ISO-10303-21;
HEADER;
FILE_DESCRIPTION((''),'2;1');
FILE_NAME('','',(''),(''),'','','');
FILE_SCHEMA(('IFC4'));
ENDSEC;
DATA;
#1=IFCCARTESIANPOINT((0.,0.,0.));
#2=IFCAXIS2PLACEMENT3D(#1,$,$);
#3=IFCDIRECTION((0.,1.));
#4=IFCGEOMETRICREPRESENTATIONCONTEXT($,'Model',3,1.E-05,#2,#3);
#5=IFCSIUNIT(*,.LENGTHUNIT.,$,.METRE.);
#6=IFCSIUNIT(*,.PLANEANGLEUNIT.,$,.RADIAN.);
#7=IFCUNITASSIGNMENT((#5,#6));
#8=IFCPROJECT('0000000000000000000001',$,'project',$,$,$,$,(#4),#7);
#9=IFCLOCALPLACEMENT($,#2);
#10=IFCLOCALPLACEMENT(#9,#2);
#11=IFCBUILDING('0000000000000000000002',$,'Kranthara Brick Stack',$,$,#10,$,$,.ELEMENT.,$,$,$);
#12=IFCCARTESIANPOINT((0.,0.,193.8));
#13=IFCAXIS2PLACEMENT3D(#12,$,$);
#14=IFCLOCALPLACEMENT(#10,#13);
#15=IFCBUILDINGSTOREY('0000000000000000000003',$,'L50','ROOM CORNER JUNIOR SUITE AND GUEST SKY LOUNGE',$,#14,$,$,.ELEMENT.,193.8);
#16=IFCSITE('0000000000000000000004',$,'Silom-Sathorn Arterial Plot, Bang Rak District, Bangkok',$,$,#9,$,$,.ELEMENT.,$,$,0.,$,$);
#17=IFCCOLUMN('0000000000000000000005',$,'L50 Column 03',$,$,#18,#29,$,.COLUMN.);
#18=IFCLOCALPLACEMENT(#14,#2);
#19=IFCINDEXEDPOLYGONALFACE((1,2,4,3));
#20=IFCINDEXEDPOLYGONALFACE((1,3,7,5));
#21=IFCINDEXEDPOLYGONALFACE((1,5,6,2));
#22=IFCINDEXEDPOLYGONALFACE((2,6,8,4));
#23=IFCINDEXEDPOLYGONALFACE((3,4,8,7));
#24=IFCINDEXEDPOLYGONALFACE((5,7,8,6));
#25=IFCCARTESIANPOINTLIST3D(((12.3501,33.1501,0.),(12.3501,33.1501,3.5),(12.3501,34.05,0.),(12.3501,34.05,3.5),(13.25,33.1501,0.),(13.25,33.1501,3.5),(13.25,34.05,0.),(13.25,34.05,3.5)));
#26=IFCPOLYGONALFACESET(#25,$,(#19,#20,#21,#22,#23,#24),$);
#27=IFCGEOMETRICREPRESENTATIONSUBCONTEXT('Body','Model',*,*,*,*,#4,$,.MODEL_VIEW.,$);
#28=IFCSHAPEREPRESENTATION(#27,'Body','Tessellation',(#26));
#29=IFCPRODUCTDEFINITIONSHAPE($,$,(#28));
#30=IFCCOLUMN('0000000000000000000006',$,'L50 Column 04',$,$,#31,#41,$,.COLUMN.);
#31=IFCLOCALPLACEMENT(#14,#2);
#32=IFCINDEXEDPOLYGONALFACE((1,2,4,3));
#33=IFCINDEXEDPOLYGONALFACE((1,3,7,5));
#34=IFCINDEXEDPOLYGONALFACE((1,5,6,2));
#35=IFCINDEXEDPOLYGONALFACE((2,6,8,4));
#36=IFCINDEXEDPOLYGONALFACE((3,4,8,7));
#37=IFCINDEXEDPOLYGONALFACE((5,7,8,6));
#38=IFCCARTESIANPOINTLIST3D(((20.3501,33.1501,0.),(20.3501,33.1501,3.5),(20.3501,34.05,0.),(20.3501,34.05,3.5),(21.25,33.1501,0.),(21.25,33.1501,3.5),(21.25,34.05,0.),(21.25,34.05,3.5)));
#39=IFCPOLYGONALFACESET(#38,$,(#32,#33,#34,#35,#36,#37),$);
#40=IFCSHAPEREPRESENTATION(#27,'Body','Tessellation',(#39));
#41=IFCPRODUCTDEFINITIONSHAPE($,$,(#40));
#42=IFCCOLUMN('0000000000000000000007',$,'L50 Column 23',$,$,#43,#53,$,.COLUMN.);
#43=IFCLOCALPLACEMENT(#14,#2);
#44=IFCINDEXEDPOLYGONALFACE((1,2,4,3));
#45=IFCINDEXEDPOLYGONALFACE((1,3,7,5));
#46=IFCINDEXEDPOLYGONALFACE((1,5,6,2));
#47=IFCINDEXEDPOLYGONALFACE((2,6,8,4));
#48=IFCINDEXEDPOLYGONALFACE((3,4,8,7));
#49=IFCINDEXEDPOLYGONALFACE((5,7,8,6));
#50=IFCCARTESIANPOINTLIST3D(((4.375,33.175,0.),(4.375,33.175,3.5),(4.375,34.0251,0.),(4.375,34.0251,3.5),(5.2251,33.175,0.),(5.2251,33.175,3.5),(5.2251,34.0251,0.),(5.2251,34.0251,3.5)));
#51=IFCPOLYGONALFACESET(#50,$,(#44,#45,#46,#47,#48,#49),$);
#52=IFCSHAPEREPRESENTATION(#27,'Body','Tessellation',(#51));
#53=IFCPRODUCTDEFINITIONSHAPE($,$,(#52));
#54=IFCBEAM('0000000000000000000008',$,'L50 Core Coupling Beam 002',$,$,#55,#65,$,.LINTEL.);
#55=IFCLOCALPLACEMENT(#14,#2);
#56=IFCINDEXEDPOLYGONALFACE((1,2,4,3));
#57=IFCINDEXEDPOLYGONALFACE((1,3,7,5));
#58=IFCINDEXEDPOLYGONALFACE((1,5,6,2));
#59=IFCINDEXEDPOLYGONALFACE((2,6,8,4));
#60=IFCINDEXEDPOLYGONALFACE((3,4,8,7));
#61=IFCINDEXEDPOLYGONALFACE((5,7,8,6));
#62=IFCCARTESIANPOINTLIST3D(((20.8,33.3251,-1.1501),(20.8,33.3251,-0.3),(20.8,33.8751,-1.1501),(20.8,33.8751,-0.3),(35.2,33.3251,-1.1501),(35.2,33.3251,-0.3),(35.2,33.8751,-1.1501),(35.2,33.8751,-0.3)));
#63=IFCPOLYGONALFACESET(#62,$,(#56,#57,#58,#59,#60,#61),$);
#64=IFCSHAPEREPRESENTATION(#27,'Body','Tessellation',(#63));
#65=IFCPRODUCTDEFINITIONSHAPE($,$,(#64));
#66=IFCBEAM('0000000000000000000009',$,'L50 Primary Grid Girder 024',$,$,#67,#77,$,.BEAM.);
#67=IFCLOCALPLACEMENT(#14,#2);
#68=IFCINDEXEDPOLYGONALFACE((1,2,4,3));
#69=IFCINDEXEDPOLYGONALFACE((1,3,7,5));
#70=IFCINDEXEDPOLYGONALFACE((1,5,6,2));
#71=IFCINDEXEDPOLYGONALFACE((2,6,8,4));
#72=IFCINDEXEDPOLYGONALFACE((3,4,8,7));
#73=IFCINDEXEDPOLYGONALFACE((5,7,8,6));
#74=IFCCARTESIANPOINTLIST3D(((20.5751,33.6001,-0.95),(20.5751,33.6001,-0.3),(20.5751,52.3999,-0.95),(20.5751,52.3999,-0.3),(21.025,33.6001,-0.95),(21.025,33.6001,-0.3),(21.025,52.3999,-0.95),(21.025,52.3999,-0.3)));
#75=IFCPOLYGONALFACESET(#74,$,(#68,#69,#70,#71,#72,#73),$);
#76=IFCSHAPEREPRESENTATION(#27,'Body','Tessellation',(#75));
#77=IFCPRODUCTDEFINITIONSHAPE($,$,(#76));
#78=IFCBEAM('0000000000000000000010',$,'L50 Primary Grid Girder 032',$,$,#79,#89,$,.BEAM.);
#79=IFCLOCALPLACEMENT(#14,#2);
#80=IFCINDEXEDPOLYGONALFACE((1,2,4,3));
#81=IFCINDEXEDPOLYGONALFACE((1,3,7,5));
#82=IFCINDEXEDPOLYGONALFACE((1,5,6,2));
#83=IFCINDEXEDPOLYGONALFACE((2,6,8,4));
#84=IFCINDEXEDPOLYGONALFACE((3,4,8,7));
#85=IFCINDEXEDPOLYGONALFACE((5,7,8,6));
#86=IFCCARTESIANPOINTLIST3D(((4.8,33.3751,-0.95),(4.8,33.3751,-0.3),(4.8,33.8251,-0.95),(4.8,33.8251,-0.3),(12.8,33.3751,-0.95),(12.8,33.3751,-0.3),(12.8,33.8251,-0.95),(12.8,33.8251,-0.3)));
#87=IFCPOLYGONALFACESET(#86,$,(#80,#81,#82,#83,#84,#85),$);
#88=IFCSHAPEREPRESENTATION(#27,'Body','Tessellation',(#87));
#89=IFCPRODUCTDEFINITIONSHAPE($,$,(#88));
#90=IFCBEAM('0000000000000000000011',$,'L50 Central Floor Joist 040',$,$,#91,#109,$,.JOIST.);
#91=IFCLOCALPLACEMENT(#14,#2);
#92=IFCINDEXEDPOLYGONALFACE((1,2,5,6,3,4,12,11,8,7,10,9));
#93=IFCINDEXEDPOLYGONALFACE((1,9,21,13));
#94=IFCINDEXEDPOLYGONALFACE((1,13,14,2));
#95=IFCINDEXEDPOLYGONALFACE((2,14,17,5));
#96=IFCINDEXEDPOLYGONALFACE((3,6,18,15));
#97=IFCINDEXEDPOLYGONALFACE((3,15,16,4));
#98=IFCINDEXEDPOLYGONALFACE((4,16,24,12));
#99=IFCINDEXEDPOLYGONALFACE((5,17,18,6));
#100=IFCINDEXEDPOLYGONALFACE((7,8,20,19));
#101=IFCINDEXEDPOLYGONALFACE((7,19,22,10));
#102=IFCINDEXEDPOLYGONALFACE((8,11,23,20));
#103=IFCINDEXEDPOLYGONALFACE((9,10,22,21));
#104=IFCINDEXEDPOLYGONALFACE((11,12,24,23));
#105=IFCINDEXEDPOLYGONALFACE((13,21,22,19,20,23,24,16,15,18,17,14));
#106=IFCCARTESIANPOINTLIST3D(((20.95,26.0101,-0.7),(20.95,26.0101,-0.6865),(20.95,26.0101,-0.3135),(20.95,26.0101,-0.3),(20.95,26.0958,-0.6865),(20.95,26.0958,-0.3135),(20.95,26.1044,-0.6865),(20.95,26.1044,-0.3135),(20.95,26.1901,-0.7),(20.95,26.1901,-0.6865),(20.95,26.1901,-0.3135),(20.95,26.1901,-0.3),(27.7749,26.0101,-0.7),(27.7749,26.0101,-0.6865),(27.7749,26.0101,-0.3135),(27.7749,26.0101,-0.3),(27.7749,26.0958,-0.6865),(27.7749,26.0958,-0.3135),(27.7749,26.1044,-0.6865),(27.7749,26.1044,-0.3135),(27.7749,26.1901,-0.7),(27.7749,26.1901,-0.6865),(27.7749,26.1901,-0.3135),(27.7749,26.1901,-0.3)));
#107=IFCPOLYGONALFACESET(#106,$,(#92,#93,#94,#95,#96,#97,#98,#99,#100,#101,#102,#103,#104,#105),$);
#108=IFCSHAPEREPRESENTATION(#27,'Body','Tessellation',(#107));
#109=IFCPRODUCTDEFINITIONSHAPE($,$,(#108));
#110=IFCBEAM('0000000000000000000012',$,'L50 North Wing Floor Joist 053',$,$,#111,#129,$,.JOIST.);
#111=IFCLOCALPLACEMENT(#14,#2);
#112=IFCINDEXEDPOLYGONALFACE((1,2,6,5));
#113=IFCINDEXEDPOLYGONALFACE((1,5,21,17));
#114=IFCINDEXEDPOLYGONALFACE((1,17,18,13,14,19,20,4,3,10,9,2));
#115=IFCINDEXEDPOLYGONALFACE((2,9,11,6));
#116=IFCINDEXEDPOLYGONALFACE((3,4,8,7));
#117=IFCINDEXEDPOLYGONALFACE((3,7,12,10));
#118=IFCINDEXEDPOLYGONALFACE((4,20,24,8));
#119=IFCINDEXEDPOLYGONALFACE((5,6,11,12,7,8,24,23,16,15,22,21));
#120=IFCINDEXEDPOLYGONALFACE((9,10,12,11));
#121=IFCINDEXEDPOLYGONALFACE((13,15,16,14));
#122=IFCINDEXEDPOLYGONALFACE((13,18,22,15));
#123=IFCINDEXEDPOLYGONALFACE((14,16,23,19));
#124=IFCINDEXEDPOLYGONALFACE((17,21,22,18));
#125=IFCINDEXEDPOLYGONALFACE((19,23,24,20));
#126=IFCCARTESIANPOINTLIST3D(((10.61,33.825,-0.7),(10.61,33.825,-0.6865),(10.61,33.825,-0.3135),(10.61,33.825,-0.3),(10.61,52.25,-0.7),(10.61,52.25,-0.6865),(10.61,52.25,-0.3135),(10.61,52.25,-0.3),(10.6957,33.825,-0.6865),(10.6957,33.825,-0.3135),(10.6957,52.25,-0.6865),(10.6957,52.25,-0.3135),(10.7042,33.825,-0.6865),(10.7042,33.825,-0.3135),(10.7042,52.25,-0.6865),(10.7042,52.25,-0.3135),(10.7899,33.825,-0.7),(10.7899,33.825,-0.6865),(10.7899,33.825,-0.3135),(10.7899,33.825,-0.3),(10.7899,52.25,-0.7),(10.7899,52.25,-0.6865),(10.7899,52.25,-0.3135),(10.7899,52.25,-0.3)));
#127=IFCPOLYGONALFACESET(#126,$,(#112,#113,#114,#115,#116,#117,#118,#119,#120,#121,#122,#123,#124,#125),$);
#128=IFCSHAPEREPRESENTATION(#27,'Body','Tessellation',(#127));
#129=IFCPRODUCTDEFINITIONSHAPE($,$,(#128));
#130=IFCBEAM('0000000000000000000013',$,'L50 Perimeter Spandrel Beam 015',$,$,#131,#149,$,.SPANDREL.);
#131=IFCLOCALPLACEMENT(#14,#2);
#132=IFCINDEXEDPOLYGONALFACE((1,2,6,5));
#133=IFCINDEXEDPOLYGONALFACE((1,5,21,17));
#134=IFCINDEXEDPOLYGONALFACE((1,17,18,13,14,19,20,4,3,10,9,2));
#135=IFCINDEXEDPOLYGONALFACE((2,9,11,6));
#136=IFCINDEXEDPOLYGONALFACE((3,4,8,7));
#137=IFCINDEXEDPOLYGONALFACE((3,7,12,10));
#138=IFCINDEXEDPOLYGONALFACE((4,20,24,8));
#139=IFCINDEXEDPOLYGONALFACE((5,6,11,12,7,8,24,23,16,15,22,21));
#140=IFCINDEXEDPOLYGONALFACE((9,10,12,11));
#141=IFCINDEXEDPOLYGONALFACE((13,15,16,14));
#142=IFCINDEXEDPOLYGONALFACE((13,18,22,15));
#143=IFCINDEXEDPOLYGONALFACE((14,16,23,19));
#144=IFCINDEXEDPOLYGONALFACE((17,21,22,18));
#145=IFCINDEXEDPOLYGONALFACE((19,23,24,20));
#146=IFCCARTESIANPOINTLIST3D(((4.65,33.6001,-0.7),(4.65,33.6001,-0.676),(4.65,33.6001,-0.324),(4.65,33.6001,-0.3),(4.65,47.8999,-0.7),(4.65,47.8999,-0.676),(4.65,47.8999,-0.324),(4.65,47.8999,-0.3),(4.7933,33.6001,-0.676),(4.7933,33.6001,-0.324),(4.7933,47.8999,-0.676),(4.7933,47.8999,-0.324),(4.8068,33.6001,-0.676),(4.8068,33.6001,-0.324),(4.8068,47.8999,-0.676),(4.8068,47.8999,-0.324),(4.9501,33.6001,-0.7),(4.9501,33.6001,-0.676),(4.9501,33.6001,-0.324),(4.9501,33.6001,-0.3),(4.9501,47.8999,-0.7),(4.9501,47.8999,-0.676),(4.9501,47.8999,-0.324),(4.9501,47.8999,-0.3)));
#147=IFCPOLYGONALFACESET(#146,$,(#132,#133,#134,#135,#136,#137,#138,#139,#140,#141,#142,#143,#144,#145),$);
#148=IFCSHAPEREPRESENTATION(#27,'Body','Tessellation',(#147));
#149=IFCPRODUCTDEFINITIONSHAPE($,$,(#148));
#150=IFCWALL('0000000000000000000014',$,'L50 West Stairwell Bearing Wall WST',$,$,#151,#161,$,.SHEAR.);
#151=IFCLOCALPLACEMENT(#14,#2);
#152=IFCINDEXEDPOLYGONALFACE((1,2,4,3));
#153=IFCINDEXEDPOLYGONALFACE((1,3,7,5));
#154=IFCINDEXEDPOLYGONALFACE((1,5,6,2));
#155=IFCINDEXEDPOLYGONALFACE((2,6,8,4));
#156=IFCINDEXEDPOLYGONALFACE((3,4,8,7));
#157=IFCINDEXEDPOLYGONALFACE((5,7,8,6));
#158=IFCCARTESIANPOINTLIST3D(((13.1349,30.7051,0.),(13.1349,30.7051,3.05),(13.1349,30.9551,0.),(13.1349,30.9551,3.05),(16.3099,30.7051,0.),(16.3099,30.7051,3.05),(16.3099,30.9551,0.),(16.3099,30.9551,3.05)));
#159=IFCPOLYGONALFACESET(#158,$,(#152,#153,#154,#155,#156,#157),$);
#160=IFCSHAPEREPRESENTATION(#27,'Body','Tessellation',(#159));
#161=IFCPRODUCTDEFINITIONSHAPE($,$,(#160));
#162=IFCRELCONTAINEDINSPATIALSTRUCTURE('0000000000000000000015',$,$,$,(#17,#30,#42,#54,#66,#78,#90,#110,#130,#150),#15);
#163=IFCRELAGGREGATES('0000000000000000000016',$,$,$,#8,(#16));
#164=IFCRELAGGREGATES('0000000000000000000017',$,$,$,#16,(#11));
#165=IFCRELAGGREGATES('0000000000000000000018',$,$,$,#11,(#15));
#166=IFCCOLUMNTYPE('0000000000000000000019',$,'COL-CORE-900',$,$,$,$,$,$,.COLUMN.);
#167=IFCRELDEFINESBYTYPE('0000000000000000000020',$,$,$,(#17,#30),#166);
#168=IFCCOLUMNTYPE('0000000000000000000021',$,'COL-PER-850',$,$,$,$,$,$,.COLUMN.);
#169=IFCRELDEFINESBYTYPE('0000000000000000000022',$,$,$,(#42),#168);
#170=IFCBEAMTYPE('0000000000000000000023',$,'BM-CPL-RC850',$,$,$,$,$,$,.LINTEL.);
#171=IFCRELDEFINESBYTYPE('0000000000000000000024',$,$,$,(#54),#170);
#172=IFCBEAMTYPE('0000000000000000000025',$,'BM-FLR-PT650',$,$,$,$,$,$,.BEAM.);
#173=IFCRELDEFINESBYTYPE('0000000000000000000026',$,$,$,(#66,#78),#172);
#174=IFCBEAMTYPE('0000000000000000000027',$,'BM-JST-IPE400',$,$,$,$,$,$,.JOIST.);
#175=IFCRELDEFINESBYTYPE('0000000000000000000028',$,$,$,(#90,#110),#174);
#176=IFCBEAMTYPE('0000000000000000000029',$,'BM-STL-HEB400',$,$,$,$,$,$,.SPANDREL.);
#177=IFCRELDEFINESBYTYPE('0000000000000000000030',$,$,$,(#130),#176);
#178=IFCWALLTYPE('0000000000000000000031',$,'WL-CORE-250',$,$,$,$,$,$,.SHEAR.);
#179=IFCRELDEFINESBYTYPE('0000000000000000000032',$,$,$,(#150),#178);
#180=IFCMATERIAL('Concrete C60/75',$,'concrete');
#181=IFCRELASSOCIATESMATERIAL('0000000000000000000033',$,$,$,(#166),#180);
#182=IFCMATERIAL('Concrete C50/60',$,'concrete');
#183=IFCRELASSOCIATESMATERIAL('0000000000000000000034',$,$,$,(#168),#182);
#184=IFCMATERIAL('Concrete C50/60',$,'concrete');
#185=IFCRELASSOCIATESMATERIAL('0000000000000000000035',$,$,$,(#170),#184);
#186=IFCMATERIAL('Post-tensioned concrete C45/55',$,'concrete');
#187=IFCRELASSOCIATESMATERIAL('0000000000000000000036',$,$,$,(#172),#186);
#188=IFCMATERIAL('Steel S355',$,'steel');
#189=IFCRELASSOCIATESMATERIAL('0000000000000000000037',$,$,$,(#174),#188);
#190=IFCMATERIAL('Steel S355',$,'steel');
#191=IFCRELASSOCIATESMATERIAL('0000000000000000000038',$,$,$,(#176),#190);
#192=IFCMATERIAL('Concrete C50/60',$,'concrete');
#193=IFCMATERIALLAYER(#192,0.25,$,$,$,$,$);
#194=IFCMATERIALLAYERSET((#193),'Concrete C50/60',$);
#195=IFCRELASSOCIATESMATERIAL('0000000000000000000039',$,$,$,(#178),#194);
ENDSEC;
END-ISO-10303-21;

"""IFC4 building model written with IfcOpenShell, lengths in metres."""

from ifc_helpers import new_model, si_unit, direction, frame, frame_2d, origin, origin_2d, place, context, subcontext, project, spatial, rectangle, i_section, extrude, material, layer, layer_set, material_profile, profile_set, type_object, element, save


model = new_model("IFC4")

# Units and contexts
model_context = context("Model", 3, precision=1e-05, world=origin(), true_north=direction((0.0, 1.0)))
body_context = subcontext(model_context, "Body", "Model", "MODEL_VIEW")
ifc_project = project(units=[si_unit("LENGTHUNIT", "METRE"), si_unit("PLANEANGLEUNIT", "RADIAN")], contexts=[model_context])

# Site, building, storey
site_placement = place(None, origin())
site = spatial("IfcSite", under=ifc_project, at=site_placement, Name="Silom-Sathorn Arterial Plot, Bang Rak District, Bangkok", CompositionType="ELEMENT", RefElevation=0.0)
building_placement = place(site_placement, origin())
building = spatial("IfcBuilding", under=site, at=building_placement, Name="Kranthara Brick Stack", CompositionType="ELEMENT")
storey_placement = place(building_placement, frame((0.0, 0.0, 193.8)))
storey = spatial("IfcBuildingStorey", under=building, at=storey_placement, Name="L50", Description="ROOM CORNER JUNIOR SUITE AND GUEST SKY LOUNGE", CompositionType="ELEMENT", Elevation=193.8)

# Columns
ifc_material_1 = material(Name="Concrete C60/75", Category="concrete")
ifc_material_profile_1 = material_profile(ifc_material_1, rectangle(XDim=0.8999, YDim=0.8999, at=origin_2d()), Name="RC 900x900")
ifc_profile_set_1 = profile_set([ifc_material_profile_1], Name="Concrete C60/75")
column_type_1 = type_object("IfcColumnType", Name="COL-CORE-900", PredefinedType="COLUMN", material=ifc_profile_set_1)
for number, where, z_axis, x_axis, name in (
    (1, (12.8, 33.6001, 0.0), (0.0, 0.0, 1.0), (1.0, 0.0, 0.0), "L50 Column 03"),
    (2, (20.8, 33.6001, 0.0), (0.0, 0.0, 1.0), (1.0, 0.0, 0.0), "L50 Column 04"),
):
    element("IfcColumn", number, at=place(storey_placement, frame(where, z_axis=z_axis, x_axis=x_axis)), inside=storey, type_object=column_type_1, Name=name, PredefinedType="COLUMN", context=body_context, shape_type="SweptSolid", body=[
        extrude(rectangle(XDim=0.8999, YDim=0.8999, at=origin_2d()), origin(), (0.0, 0.0, 1.0), 3.5),
    ])
ifc_material_2 = material(Name="Concrete C50/60", Category="concrete")
ifc_material_profile_2 = material_profile(ifc_material_2, rectangle(XDim=0.8501, YDim=0.8501, at=origin_2d()), Name="RC 850x850")
ifc_profile_set_2 = profile_set([ifc_material_profile_2], Name="Concrete C50/60")
column_type_2 = type_object("IfcColumnType", Name="COL-PER-850", PredefinedType="COLUMN", material=ifc_profile_set_2)
column_placement = place(storey_placement, frame((4.8, 33.6001, 0.0), z_axis=(0.0, 0.0, 1.0), x_axis=(1.0, 0.0, 0.0)))
element("IfcColumn", 3, at=column_placement, inside=storey, type_object=column_type_2, Name="L50 Column 23", PredefinedType="COLUMN", context=body_context, shape_type="SweptSolid", body=[
    extrude(rectangle(XDim=0.8501, YDim=0.8501, at=origin_2d()), origin(), (0.0, 0.0, 1.0), 3.5),
])

# Beams
ifc_material_3 = material(Name="Concrete C50/60", Category="concrete")
ifc_material_profile_3 = material_profile(ifc_material_3, rectangle(XDim=0.55, YDim=0.8501, at=origin_2d()), Name="RC 550x850")
ifc_profile_set_3 = profile_set([ifc_material_profile_3], Name="Concrete C50/60")
beam_type_1 = type_object("IfcBeamType", Name="BM-CPL-RC850", PredefinedType="LINTEL", material=ifc_profile_set_3)
beam_1_placement = place(storey_placement, frame((20.8, 33.6001, -0.7251), z_axis=(1.0, 0.0, 0.0), x_axis=(0.0, 1.0, 0.0)))
element("IfcBeam", 4, at=beam_1_placement, inside=storey, type_object=beam_type_1, Name="L50 Core Coupling Beam 002", PredefinedType="LINTEL", context=body_context, shape_type="SweptSolid", body=[
    extrude(rectangle(XDim=0.55, YDim=0.8501, at=origin_2d()), origin(), (0.0, 0.0, 1.0), 14.3999),
])
ifc_material_4 = material(Name="Post-tensioned concrete C45/55", Category="concrete")
ifc_material_profile_4 = material_profile(ifc_material_4, rectangle(XDim=0.45, YDim=0.6499, at=origin_2d()), Name="PT 450x650")
ifc_profile_set_4 = profile_set([ifc_material_profile_4], Name="Post-tensioned concrete C45/55")
beam_type_2 = type_object("IfcBeamType", Name="BM-FLR-PT650", PredefinedType="BEAM", material=ifc_profile_set_4)
beam_2_placement = place(storey_placement, frame((20.8, 33.6001, -0.625), z_axis=(0.0, 1.0, 0.0), x_axis=(-1.0, 0.0, 0.0)))
element("IfcBeam", 5, at=beam_2_placement, inside=storey, type_object=beam_type_2, Name="L50 Primary Grid Girder 024", PredefinedType="BEAM", context=body_context, shape_type="SweptSolid", body=[
    extrude(rectangle(XDim=0.45, YDim=0.6499, at=origin_2d()), origin(), (0.0, 0.0, 1.0), 18.7998),
])
beam_3_placement = place(storey_placement, frame((4.8, 33.6001, -0.625), z_axis=(1.0, 0.0, 0.0), x_axis=(0.0, 1.0, 0.0)))
element("IfcBeam", 6, at=beam_3_placement, inside=storey, type_object=beam_type_2, Name="L50 Primary Grid Girder 032", PredefinedType="BEAM", context=body_context, shape_type="SweptSolid", body=[
    extrude(rectangle(XDim=0.45, YDim=0.6499, at=origin_2d()), origin(), (0.0, 0.0, 1.0), 8.0),
])
ifc_material_5 = material(Name="Steel S355", Category="steel")
ifc_material_profile_5 = material_profile(ifc_material_5, i_section(OverallWidth=0.1799, OverallDepth=0.3999, WebThickness=0.0085, FlangeThickness=0.0134, at=origin_2d()), Name="IPE 400")
ifc_profile_set_5 = profile_set([ifc_material_profile_5], Name="Steel S355")
beam_type_3 = type_object("IfcBeamType", Name="BM-JST-IPE400", PredefinedType="JOIST", material=ifc_profile_set_5)
beam_4_placement = place(storey_placement, frame((20.95, 26.1001, -0.5), z_axis=(1.0, 0.0, 0.0), x_axis=(0.0, 1.0, 0.0)))
element("IfcBeam", 7, at=beam_4_placement, inside=storey, type_object=beam_type_3, Name="L50 Central Floor Joist 040", PredefinedType="JOIST", context=body_context, shape_type="SweptSolid", body=[
    extrude(i_section(OverallWidth=0.1799, OverallDepth=0.3999, WebThickness=0.0085, FlangeThickness=0.0134, at=origin_2d()), origin(), (0.0, 0.0, 1.0), 6.825),
])
beam_5_placement = place(storey_placement, frame((10.7, 33.825, -0.5), z_axis=(0.0, 1.0, 0.0), x_axis=(-1.0, 0.0, 0.0)))
element("IfcBeam", 8, at=beam_5_placement, inside=storey, type_object=beam_type_3, Name="L50 North Wing Floor Joist 053", PredefinedType="JOIST", context=body_context, shape_type="SweptSolid", body=[
    extrude(i_section(OverallWidth=0.1799, OverallDepth=0.3999, WebThickness=0.0085, FlangeThickness=0.0134, at=origin_2d()), origin(), (0.0, 0.0, 1.0), 18.425),
])
ifc_material_6 = material(Name="Steel S355", Category="steel")
ifc_material_profile_6 = material_profile(ifc_material_6, i_section(OverallWidth=0.3, OverallDepth=0.3999, WebThickness=0.0134, FlangeThickness=0.0239, at=origin_2d()), Name="HEB 400")
ifc_profile_set_6 = profile_set([ifc_material_profile_6], Name="Steel S355")
beam_type_4 = type_object("IfcBeamType", Name="BM-STL-HEB400", PredefinedType="SPANDREL", material=ifc_profile_set_6)
beam_6_placement = place(storey_placement, frame((4.8, 33.6001, -0.5), z_axis=(0.0, 1.0, 0.0), x_axis=(-1.0, 0.0, 0.0)))
element("IfcBeam", 9, at=beam_6_placement, inside=storey, type_object=beam_type_4, Name="L50 Perimeter Spandrel Beam 015", PredefinedType="SPANDREL", context=body_context, shape_type="SweptSolid", body=[
    extrude(i_section(OverallWidth=0.3, OverallDepth=0.3999, WebThickness=0.0134, FlangeThickness=0.0239, at=origin_2d()), origin(), (0.0, 0.0, 1.0), 14.2998),
])

# Wall
ifc_material_7 = material(Name="Concrete C50/60", Category="concrete")
ifc_layer_1 = layer(ifc_material_7, 0.25)
ifc_layer_set_1 = layer_set([ifc_layer_1], Name="Concrete C50/60")
wall_type_1 = type_object("IfcWallType", Name="WL-CORE-250", PredefinedType="SHEAR", material=ifc_layer_set_1)
wall_1_placement = place(storey_placement, frame((13.135, 30.8301, 0.0), z_axis=(0.0, 0.0, 1.0), x_axis=(1.0, 0.0, 0.0)))
element("IfcWall", 10, at=wall_1_placement, inside=storey, type_object=wall_type_1, Name="L50 West Stairwell Bearing Wall WST", PredefinedType="SHEAR", context=body_context, shape_type="SweptSolid", body=[
    extrude(rectangle(XDim=3.175, YDim=0.25, at=frame_2d((1.5874, 0.0))), origin(), (0.0, 0.0, 1.0), 3.05),
])

save(model, "model.ifc")
